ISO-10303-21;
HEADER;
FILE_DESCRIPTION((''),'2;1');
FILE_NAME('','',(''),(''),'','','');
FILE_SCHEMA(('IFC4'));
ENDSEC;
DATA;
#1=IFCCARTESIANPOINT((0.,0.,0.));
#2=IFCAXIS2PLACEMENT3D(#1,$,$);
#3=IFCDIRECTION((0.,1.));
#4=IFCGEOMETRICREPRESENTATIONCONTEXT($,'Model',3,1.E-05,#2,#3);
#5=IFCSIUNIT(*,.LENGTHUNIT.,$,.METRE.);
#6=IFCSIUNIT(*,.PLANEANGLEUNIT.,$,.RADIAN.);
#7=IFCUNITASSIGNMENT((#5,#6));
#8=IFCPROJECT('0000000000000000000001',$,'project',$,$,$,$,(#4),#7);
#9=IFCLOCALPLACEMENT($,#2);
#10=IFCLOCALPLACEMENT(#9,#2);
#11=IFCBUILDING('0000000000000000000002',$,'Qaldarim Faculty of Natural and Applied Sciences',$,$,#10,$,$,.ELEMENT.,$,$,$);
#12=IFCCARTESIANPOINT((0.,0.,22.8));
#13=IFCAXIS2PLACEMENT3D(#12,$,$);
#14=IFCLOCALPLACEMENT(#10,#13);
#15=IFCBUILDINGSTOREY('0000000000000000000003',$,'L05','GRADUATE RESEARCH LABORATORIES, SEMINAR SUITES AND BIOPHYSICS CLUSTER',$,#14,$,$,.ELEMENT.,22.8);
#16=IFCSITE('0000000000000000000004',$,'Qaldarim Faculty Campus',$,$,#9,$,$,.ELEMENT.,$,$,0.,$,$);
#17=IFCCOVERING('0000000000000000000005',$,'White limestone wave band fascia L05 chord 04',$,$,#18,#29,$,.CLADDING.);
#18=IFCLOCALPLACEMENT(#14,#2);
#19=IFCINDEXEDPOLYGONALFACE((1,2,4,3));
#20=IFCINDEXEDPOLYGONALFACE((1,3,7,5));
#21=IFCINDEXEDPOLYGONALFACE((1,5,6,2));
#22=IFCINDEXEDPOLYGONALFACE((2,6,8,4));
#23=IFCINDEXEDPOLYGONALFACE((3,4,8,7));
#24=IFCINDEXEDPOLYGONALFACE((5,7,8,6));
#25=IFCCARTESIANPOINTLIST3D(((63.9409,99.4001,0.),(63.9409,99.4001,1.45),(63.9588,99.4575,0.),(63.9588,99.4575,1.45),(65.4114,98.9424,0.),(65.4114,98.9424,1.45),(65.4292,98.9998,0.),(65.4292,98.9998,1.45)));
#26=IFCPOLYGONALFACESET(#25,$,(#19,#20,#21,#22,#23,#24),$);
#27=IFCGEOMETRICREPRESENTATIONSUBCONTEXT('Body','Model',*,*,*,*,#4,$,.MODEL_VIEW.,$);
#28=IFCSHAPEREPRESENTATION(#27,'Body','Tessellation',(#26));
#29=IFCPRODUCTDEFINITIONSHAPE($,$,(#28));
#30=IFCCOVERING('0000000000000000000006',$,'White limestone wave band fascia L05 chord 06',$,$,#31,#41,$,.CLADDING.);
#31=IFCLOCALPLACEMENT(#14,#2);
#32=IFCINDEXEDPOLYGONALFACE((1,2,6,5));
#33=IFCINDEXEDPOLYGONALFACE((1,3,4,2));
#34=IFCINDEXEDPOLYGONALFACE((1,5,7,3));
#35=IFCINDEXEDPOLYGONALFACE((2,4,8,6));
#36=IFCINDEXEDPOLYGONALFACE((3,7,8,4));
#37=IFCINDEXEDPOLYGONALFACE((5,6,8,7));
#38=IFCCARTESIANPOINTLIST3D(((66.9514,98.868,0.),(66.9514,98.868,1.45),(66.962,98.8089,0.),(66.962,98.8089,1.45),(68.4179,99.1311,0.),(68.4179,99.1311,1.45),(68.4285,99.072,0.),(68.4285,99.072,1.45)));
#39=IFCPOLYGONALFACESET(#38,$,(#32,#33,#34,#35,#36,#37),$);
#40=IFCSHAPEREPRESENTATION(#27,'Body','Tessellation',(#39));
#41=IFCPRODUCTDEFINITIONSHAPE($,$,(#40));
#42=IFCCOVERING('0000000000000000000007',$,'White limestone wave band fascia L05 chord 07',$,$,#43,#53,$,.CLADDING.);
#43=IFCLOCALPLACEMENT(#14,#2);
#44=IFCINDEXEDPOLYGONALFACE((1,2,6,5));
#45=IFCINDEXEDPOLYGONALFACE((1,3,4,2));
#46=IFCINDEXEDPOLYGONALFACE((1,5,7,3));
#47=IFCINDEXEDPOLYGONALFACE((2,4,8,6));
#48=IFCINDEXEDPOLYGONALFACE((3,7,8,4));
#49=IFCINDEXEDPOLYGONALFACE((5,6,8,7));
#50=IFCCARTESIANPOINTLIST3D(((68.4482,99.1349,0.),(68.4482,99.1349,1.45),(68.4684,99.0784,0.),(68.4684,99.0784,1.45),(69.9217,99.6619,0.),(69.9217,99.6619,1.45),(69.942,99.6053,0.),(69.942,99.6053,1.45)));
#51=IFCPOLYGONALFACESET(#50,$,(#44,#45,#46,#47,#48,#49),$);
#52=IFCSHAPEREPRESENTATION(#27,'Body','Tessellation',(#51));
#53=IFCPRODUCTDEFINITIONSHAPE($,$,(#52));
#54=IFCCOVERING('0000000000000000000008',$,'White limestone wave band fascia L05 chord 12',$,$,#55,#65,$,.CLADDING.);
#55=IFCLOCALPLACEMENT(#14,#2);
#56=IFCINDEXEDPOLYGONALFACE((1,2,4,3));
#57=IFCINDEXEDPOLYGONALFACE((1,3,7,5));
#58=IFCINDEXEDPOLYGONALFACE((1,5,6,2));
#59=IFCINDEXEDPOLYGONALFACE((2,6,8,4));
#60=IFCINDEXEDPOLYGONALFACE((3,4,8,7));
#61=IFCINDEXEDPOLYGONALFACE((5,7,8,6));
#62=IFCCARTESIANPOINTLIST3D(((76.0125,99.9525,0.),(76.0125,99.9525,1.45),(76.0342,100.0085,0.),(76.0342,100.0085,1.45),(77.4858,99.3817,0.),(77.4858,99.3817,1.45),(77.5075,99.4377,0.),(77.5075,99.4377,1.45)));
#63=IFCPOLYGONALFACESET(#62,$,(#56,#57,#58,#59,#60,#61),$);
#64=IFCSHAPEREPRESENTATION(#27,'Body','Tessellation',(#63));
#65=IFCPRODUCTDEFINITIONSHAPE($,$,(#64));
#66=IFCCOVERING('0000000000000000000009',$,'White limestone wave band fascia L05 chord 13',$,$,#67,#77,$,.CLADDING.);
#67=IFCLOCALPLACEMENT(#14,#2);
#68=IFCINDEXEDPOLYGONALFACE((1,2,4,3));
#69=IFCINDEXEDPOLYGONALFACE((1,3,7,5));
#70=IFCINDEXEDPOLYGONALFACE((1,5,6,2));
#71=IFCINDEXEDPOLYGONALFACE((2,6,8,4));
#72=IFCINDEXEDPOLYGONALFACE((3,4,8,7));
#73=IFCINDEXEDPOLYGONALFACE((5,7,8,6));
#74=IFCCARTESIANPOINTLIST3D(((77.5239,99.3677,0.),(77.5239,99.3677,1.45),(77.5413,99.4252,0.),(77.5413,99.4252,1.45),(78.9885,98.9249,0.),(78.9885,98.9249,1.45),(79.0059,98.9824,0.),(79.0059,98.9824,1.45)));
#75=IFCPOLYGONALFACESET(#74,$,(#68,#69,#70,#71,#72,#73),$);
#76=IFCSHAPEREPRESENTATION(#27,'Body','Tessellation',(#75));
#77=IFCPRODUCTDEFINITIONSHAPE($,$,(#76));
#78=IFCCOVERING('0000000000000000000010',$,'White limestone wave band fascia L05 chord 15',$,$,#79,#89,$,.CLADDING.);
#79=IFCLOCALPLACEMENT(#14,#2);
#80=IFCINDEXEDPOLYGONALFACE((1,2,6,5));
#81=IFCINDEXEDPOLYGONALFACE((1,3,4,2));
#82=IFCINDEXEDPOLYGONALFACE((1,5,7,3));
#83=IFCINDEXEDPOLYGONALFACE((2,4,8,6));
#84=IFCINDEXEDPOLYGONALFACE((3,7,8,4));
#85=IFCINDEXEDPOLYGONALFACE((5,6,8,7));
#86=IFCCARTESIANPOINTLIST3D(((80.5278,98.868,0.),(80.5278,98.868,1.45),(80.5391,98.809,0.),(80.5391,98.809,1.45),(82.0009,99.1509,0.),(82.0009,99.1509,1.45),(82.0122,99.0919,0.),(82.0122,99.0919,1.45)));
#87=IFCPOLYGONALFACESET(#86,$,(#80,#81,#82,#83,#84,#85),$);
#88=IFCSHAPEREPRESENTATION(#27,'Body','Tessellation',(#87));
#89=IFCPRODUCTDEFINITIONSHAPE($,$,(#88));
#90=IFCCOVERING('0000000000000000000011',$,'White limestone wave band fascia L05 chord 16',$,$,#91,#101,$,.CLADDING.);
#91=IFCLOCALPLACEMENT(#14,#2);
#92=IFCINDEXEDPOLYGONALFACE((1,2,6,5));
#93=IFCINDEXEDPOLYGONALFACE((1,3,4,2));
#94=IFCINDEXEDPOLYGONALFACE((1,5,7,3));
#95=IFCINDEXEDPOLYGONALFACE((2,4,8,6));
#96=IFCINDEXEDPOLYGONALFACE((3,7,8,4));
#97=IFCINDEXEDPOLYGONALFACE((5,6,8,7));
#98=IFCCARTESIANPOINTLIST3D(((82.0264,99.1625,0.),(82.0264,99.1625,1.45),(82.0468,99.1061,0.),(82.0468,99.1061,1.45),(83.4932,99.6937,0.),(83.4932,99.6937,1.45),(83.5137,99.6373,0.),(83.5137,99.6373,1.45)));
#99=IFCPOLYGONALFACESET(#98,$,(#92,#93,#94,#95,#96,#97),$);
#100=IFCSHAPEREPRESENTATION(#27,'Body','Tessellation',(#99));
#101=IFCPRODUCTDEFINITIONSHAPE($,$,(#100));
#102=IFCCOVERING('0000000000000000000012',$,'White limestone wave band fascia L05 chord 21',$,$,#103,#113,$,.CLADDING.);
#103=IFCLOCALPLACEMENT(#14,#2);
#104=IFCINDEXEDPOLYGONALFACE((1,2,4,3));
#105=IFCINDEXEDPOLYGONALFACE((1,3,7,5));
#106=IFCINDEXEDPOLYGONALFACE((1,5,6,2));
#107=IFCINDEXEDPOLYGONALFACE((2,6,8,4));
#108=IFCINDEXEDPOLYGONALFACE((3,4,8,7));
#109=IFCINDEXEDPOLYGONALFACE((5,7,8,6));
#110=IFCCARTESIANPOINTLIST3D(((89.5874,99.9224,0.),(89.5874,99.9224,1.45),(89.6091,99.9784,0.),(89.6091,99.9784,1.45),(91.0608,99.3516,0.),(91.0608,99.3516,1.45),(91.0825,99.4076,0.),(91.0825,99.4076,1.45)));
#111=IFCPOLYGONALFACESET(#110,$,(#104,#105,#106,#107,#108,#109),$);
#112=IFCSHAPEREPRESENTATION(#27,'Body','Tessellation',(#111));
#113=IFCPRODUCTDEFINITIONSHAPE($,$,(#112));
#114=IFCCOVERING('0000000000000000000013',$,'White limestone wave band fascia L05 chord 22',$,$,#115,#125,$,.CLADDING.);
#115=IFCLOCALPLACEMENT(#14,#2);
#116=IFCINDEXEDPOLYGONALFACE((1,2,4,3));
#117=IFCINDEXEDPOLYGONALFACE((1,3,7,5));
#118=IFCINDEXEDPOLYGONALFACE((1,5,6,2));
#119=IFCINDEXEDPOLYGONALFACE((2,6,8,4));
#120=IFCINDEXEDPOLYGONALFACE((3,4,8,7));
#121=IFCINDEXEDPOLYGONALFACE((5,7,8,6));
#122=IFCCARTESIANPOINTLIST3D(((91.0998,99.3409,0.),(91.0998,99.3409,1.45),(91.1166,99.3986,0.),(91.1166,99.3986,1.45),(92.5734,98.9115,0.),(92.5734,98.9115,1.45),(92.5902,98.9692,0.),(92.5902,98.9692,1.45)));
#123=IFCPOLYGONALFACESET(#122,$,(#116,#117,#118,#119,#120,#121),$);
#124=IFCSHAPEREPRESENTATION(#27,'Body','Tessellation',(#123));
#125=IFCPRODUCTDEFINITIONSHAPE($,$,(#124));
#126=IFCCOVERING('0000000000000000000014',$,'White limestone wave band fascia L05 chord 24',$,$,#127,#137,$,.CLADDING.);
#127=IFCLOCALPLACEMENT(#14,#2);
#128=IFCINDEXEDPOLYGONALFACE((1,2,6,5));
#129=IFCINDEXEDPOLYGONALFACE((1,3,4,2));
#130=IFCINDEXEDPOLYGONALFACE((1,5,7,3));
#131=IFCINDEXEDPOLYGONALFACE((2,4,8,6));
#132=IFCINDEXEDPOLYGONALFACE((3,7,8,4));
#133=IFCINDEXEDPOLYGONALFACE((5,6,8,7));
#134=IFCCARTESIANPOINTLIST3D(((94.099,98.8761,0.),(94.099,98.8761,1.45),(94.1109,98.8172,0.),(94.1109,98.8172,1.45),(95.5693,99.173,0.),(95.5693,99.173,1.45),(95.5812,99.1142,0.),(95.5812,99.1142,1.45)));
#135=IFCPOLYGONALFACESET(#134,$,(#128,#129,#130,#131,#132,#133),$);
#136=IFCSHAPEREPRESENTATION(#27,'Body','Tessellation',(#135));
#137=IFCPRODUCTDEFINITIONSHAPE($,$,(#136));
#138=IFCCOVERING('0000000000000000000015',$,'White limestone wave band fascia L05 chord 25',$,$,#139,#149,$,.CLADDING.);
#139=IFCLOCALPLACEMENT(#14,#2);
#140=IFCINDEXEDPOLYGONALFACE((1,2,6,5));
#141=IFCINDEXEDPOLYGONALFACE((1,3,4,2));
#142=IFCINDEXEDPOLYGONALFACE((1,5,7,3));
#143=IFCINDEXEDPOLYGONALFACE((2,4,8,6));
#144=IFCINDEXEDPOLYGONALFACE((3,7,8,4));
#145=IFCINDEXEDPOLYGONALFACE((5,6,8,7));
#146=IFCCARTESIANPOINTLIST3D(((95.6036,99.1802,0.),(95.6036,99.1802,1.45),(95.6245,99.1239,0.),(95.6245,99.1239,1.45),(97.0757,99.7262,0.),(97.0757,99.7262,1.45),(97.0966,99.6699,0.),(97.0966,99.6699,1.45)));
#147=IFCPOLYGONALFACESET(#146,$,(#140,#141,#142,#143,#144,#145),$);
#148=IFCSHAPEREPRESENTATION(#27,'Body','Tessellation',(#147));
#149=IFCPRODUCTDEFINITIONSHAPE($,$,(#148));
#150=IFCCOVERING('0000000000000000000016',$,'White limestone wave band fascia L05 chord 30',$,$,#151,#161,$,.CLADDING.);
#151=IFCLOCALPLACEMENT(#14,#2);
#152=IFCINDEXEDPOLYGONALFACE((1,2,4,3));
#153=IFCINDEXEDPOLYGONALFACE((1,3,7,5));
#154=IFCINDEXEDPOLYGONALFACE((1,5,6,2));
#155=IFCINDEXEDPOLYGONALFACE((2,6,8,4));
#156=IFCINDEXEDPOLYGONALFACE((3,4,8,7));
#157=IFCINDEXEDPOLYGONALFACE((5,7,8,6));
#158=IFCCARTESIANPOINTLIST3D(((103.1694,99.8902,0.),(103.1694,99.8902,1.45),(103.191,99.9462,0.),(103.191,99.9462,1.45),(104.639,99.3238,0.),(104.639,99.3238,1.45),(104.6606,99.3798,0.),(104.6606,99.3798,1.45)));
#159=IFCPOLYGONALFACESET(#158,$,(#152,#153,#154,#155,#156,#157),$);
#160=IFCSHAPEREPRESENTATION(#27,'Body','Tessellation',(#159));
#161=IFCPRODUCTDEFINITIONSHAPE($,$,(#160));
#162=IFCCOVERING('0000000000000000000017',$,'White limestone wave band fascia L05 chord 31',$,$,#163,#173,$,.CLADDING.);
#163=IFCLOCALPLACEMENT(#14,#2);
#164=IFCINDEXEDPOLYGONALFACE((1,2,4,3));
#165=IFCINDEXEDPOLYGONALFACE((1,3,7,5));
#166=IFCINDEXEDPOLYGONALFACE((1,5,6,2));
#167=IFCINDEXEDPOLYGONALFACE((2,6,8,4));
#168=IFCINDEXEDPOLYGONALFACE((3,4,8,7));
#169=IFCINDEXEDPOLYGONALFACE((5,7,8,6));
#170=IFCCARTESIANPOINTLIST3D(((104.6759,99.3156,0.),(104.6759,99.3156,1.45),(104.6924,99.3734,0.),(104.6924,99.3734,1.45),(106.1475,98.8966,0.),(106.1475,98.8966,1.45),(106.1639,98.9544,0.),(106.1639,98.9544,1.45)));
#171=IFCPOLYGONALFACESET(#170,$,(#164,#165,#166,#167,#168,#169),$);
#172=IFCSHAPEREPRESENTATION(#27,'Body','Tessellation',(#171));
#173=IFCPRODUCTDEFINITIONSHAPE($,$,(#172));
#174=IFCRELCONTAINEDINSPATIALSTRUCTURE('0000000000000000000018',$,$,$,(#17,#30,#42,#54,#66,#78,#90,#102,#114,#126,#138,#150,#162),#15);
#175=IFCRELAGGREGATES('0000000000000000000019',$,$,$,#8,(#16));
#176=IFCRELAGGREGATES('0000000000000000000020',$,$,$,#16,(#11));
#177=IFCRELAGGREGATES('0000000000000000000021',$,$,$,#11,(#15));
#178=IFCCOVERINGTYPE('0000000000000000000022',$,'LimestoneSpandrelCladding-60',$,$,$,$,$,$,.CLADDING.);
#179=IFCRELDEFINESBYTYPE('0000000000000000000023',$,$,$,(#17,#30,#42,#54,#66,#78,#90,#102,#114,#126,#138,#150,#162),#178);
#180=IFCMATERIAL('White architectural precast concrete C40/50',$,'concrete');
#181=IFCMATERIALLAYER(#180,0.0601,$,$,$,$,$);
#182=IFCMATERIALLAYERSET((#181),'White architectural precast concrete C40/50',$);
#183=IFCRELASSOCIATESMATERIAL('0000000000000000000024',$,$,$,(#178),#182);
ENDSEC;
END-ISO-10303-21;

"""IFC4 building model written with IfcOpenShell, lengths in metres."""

from ifc_helpers import new_model, si_unit, direction, frame, origin, origin_2d, place, context, subcontext, project, spatial, rectangle, extrude, material, layer, layer_set, type_object, element, save


model = new_model("IFC4")

# Units and contexts
model_context = context("Model", 3, precision=1e-05, world=origin(), true_north=direction((0.0, 1.0)))
body_context = subcontext(model_context, "Body", "Model", "MODEL_VIEW")
ifc_project = project(units=[si_unit("LENGTHUNIT", "METRE"), si_unit("PLANEANGLEUNIT", "RADIAN")], contexts=[model_context])

# Site, building, storey
site_placement = place(None, origin())
site = spatial("IfcSite", under=ifc_project, at=site_placement, Name="Qaldarim Faculty Campus", CompositionType="ELEMENT", RefElevation=0.0)
building_placement = place(site_placement, origin())
building = spatial("IfcBuilding", under=site, at=building_placement, Name="Qaldarim Faculty of Natural and Applied Sciences", CompositionType="ELEMENT")
storey_placement = place(building_placement, frame((0.0, 0.0, 22.8)))
storey = spatial("IfcBuildingStorey", under=building, at=storey_placement, Name="L05", Description="GRADUATE RESEARCH LABORATORIES, SEMINAR SUITES AND BIOPHYSICS CLUSTER", CompositionType="ELEMENT", Elevation=22.8)

# Shared definitions
ifc_material = material(Name="White architectural precast concrete C40/50", Category="concrete")

# Coverings
ifc_layer_1 = layer(ifc_material, 0.0601)
ifc_layer_set_1 = layer_set([ifc_layer_1], Name="White architectural precast concrete C40/50")
covering_type = type_object("IfcCoveringType", Name="LimestoneSpandrelCladding-60", PredefinedType="CLADDING", material=ifc_layer_set_1)
covering_1_placement = place(storey_placement, frame((64.6851, 99.2, 0.0), z_axis=(0.0, 0.0, 1.0), x_axis=(0.954818, -0.297192, 0.0)))
element("IfcCovering", 1, at=covering_1_placement, inside=storey, type_object=covering_type, Name="White limestone wave band fascia L05 chord 04", PredefinedType="CLADDING", context=body_context, shape_type="SweptSolid", body=[
    extrude(rectangle(XDim=1.54, YDim=0.0601, at=origin_2d()), origin(), (0.0, 0.0, 1.0), 1.45),
])
covering_2_placement = place(storey_placement, frame((67.6899, 98.97, 0.0), z_axis=(0.0, 0.0, 1.0), x_axis=(0.984285, 0.176587, 0.0)))
element("IfcCovering", 2, at=covering_2_placement, inside=storey, type_object=covering_type, Name="White limestone wave band fascia L05 chord 06", PredefinedType="CLADDING", context=body_context, shape_type="SweptSolid", body=[
    extrude(rectangle(XDim=1.49, YDim=0.0601, at=origin_2d()), origin(), (0.0, 0.0, 1.0), 1.45),
])
covering_3_placement = place(storey_placement, frame((69.1951, 99.3701, 0.0), z_axis=(0.0, 0.0, 1.0), x_axis=(0.9416, 0.336734, 0.0)))
element("IfcCovering", 3, at=covering_3_placement, inside=storey, type_object=covering_type, Name="White limestone wave band fascia L05 chord 07", PredefinedType="CLADDING", context=body_context, shape_type="SweptSolid", body=[
    extrude(rectangle(XDim=1.5649, YDim=0.0601, at=origin_2d()), origin(), (0.0, 0.0, 1.0), 1.45),
])
covering_4_placement = place(storey_placement, frame((76.76, 99.6951, 0.0), z_axis=(0.0, 0.0, 1.0), x_axis=(0.932469, -0.36125, 0.0)))
element("IfcCovering", 4, at=covering_4_placement, inside=storey, type_object=covering_type, Name="White limestone wave band fascia L05 chord 12", PredefinedType="CLADDING", context=body_context, shape_type="SweptSolid", body=[
    extrude(rectangle(XDim=1.5801, YDim=0.0601, at=origin_2d()), origin(), (0.0, 0.0, 1.0), 1.45),
])
covering_5_placement = place(storey_placement, frame((78.2649, 99.175, 0.0), z_axis=(0.0, 0.0, 1.0), x_axis=(0.957213, -0.289383, 0.0)))
element("IfcCovering", 5, at=covering_5_placement, inside=storey, type_object=covering_type, Name="White limestone wave band fascia L05 chord 13", PredefinedType="CLADDING", context=body_context, shape_type="SweptSolid", body=[
    extrude(rectangle(XDim=1.53, YDim=0.0601, at=origin_2d()), origin(), (0.0, 0.0, 1.0), 1.45),
])
covering_6_placement = place(storey_placement, frame((81.27, 98.98, 0.0), z_axis=(0.0, 0.0, 1.0), x_axis=(0.982054, 0.188598, 0.0)))
element("IfcCovering", 6, at=covering_6_placement, inside=storey, type_object=covering_type, Name="White limestone wave band fascia L05 chord 15", PredefinedType="CLADDING", context=body_context, shape_type="SweptSolid", body=[
    extrude(rectangle(XDim=1.5, YDim=0.0601, at=origin_2d()), origin(), (0.0, 0.0, 1.0), 1.45),
])
covering_7_placement = place(storey_placement, frame((82.77, 99.3999, 0.0), z_axis=(0.0, 0.0, 1.0), x_axis=(0.940247, 0.340494, 0.0)))
element("IfcCovering", 7, at=covering_7_placement, inside=storey, type_object=covering_type, Name="White limestone wave band fascia L05 chord 16", PredefinedType="CLADDING", context=body_context, shape_type="SweptSolid", body=[
    extrude(rectangle(XDim=1.5601, YDim=0.0601, at=origin_2d()), origin(), (0.0, 0.0, 1.0), 1.45),
])
covering_8_placement = place(storey_placement, frame((90.335, 99.665, 0.0), z_axis=(0.0, 0.0, 1.0), x_axis=(0.932469, -0.36125, 0.0)))
element("IfcCovering", 8, at=covering_8_placement, inside=storey, type_object=covering_type, Name="White limestone wave band fascia L05 chord 21", PredefinedType="CLADDING", context=body_context, shape_type="SweptSolid", body=[
    extrude(rectangle(XDim=1.5801, YDim=0.0601, at=origin_2d()), origin(), (0.0, 0.0, 1.0), 1.45),
])
covering_9_placement = place(storey_placement, frame((91.845, 99.155, 0.0), z_axis=(0.0, 0.0, 1.0), x_axis=(0.960069, -0.279762, 0.0)))
element("IfcCovering", 9, at=covering_9_placement, inside=storey, type_object=covering_type, Name="White limestone wave band fascia L05 chord 22", PredefinedType="CLADDING", context=body_context, shape_type="SweptSolid", body=[
    extrude(rectangle(XDim=1.5349, YDim=0.0601, at=origin_2d()), origin(), (0.0, 0.0, 1.0), 1.45),
])
covering_10_placement = place(storey_placement, frame((94.8401, 98.9951, 0.0), z_axis=(0.0, 0.0, 1.0), x_axis=(0.980206, 0.197982, 0.0)))
element("IfcCovering", 10, at=covering_10_placement, inside=storey, type_object=covering_type, Name="White limestone wave band fascia L05 chord 24", PredefinedType="CLADDING", context=body_context, shape_type="SweptSolid", body=[
    extrude(rectangle(XDim=1.5, YDim=0.0601, at=origin_2d()), origin(), (0.0, 0.0, 1.0), 1.45),
])
covering_11_placement = place(storey_placement, frame((96.3501, 99.425, 0.0), z_axis=(0.0, 0.0, 1.0), x_axis=(0.937598, 0.347721, 0.0)))
element("IfcCovering", 11, at=covering_11_placement, inside=storey, type_object=covering_type, Name="White limestone wave band fascia L05 chord 25", PredefinedType="CLADDING", context=body_context, shape_type="SweptSolid", body=[
    extrude(rectangle(XDim=1.5701, YDim=0.0601, at=origin_2d()), origin(), (0.0, 0.0, 1.0), 1.45),
])
covering_12_placement = place(storey_placement, frame((103.915, 99.635, 0.0), z_axis=(0.0, 0.0, 1.0), x_axis=(0.933104, -0.359606, 0.0)))
element("IfcCovering", 12, at=covering_12_placement, inside=storey, type_object=covering_type, Name="White limestone wave band fascia L05 chord 30", PredefinedType="CLADDING", context=body_context, shape_type="SweptSolid", body=[
    extrude(rectangle(XDim=1.575, YDim=0.0601, at=origin_2d()), origin(), (0.0, 0.0, 1.0), 1.45),
])
covering_13_placement = place(storey_placement, frame((105.4199, 99.135, 0.0), z_axis=(0.0, 0.0, 1.0), x_axis=(0.961765, -0.273875, 0.0)))
element("IfcCovering", 13, at=covering_13_placement, inside=storey, type_object=covering_type, Name="White limestone wave band fascia L05 chord 31", PredefinedType="CLADDING", context=body_context, shape_type="SweptSolid", body=[
    extrude(rectangle(XDim=1.53, YDim=0.0601, at=origin_2d()), origin(), (0.0, 0.0, 1.0), 1.45),
])

save(model, "model.ifc")
